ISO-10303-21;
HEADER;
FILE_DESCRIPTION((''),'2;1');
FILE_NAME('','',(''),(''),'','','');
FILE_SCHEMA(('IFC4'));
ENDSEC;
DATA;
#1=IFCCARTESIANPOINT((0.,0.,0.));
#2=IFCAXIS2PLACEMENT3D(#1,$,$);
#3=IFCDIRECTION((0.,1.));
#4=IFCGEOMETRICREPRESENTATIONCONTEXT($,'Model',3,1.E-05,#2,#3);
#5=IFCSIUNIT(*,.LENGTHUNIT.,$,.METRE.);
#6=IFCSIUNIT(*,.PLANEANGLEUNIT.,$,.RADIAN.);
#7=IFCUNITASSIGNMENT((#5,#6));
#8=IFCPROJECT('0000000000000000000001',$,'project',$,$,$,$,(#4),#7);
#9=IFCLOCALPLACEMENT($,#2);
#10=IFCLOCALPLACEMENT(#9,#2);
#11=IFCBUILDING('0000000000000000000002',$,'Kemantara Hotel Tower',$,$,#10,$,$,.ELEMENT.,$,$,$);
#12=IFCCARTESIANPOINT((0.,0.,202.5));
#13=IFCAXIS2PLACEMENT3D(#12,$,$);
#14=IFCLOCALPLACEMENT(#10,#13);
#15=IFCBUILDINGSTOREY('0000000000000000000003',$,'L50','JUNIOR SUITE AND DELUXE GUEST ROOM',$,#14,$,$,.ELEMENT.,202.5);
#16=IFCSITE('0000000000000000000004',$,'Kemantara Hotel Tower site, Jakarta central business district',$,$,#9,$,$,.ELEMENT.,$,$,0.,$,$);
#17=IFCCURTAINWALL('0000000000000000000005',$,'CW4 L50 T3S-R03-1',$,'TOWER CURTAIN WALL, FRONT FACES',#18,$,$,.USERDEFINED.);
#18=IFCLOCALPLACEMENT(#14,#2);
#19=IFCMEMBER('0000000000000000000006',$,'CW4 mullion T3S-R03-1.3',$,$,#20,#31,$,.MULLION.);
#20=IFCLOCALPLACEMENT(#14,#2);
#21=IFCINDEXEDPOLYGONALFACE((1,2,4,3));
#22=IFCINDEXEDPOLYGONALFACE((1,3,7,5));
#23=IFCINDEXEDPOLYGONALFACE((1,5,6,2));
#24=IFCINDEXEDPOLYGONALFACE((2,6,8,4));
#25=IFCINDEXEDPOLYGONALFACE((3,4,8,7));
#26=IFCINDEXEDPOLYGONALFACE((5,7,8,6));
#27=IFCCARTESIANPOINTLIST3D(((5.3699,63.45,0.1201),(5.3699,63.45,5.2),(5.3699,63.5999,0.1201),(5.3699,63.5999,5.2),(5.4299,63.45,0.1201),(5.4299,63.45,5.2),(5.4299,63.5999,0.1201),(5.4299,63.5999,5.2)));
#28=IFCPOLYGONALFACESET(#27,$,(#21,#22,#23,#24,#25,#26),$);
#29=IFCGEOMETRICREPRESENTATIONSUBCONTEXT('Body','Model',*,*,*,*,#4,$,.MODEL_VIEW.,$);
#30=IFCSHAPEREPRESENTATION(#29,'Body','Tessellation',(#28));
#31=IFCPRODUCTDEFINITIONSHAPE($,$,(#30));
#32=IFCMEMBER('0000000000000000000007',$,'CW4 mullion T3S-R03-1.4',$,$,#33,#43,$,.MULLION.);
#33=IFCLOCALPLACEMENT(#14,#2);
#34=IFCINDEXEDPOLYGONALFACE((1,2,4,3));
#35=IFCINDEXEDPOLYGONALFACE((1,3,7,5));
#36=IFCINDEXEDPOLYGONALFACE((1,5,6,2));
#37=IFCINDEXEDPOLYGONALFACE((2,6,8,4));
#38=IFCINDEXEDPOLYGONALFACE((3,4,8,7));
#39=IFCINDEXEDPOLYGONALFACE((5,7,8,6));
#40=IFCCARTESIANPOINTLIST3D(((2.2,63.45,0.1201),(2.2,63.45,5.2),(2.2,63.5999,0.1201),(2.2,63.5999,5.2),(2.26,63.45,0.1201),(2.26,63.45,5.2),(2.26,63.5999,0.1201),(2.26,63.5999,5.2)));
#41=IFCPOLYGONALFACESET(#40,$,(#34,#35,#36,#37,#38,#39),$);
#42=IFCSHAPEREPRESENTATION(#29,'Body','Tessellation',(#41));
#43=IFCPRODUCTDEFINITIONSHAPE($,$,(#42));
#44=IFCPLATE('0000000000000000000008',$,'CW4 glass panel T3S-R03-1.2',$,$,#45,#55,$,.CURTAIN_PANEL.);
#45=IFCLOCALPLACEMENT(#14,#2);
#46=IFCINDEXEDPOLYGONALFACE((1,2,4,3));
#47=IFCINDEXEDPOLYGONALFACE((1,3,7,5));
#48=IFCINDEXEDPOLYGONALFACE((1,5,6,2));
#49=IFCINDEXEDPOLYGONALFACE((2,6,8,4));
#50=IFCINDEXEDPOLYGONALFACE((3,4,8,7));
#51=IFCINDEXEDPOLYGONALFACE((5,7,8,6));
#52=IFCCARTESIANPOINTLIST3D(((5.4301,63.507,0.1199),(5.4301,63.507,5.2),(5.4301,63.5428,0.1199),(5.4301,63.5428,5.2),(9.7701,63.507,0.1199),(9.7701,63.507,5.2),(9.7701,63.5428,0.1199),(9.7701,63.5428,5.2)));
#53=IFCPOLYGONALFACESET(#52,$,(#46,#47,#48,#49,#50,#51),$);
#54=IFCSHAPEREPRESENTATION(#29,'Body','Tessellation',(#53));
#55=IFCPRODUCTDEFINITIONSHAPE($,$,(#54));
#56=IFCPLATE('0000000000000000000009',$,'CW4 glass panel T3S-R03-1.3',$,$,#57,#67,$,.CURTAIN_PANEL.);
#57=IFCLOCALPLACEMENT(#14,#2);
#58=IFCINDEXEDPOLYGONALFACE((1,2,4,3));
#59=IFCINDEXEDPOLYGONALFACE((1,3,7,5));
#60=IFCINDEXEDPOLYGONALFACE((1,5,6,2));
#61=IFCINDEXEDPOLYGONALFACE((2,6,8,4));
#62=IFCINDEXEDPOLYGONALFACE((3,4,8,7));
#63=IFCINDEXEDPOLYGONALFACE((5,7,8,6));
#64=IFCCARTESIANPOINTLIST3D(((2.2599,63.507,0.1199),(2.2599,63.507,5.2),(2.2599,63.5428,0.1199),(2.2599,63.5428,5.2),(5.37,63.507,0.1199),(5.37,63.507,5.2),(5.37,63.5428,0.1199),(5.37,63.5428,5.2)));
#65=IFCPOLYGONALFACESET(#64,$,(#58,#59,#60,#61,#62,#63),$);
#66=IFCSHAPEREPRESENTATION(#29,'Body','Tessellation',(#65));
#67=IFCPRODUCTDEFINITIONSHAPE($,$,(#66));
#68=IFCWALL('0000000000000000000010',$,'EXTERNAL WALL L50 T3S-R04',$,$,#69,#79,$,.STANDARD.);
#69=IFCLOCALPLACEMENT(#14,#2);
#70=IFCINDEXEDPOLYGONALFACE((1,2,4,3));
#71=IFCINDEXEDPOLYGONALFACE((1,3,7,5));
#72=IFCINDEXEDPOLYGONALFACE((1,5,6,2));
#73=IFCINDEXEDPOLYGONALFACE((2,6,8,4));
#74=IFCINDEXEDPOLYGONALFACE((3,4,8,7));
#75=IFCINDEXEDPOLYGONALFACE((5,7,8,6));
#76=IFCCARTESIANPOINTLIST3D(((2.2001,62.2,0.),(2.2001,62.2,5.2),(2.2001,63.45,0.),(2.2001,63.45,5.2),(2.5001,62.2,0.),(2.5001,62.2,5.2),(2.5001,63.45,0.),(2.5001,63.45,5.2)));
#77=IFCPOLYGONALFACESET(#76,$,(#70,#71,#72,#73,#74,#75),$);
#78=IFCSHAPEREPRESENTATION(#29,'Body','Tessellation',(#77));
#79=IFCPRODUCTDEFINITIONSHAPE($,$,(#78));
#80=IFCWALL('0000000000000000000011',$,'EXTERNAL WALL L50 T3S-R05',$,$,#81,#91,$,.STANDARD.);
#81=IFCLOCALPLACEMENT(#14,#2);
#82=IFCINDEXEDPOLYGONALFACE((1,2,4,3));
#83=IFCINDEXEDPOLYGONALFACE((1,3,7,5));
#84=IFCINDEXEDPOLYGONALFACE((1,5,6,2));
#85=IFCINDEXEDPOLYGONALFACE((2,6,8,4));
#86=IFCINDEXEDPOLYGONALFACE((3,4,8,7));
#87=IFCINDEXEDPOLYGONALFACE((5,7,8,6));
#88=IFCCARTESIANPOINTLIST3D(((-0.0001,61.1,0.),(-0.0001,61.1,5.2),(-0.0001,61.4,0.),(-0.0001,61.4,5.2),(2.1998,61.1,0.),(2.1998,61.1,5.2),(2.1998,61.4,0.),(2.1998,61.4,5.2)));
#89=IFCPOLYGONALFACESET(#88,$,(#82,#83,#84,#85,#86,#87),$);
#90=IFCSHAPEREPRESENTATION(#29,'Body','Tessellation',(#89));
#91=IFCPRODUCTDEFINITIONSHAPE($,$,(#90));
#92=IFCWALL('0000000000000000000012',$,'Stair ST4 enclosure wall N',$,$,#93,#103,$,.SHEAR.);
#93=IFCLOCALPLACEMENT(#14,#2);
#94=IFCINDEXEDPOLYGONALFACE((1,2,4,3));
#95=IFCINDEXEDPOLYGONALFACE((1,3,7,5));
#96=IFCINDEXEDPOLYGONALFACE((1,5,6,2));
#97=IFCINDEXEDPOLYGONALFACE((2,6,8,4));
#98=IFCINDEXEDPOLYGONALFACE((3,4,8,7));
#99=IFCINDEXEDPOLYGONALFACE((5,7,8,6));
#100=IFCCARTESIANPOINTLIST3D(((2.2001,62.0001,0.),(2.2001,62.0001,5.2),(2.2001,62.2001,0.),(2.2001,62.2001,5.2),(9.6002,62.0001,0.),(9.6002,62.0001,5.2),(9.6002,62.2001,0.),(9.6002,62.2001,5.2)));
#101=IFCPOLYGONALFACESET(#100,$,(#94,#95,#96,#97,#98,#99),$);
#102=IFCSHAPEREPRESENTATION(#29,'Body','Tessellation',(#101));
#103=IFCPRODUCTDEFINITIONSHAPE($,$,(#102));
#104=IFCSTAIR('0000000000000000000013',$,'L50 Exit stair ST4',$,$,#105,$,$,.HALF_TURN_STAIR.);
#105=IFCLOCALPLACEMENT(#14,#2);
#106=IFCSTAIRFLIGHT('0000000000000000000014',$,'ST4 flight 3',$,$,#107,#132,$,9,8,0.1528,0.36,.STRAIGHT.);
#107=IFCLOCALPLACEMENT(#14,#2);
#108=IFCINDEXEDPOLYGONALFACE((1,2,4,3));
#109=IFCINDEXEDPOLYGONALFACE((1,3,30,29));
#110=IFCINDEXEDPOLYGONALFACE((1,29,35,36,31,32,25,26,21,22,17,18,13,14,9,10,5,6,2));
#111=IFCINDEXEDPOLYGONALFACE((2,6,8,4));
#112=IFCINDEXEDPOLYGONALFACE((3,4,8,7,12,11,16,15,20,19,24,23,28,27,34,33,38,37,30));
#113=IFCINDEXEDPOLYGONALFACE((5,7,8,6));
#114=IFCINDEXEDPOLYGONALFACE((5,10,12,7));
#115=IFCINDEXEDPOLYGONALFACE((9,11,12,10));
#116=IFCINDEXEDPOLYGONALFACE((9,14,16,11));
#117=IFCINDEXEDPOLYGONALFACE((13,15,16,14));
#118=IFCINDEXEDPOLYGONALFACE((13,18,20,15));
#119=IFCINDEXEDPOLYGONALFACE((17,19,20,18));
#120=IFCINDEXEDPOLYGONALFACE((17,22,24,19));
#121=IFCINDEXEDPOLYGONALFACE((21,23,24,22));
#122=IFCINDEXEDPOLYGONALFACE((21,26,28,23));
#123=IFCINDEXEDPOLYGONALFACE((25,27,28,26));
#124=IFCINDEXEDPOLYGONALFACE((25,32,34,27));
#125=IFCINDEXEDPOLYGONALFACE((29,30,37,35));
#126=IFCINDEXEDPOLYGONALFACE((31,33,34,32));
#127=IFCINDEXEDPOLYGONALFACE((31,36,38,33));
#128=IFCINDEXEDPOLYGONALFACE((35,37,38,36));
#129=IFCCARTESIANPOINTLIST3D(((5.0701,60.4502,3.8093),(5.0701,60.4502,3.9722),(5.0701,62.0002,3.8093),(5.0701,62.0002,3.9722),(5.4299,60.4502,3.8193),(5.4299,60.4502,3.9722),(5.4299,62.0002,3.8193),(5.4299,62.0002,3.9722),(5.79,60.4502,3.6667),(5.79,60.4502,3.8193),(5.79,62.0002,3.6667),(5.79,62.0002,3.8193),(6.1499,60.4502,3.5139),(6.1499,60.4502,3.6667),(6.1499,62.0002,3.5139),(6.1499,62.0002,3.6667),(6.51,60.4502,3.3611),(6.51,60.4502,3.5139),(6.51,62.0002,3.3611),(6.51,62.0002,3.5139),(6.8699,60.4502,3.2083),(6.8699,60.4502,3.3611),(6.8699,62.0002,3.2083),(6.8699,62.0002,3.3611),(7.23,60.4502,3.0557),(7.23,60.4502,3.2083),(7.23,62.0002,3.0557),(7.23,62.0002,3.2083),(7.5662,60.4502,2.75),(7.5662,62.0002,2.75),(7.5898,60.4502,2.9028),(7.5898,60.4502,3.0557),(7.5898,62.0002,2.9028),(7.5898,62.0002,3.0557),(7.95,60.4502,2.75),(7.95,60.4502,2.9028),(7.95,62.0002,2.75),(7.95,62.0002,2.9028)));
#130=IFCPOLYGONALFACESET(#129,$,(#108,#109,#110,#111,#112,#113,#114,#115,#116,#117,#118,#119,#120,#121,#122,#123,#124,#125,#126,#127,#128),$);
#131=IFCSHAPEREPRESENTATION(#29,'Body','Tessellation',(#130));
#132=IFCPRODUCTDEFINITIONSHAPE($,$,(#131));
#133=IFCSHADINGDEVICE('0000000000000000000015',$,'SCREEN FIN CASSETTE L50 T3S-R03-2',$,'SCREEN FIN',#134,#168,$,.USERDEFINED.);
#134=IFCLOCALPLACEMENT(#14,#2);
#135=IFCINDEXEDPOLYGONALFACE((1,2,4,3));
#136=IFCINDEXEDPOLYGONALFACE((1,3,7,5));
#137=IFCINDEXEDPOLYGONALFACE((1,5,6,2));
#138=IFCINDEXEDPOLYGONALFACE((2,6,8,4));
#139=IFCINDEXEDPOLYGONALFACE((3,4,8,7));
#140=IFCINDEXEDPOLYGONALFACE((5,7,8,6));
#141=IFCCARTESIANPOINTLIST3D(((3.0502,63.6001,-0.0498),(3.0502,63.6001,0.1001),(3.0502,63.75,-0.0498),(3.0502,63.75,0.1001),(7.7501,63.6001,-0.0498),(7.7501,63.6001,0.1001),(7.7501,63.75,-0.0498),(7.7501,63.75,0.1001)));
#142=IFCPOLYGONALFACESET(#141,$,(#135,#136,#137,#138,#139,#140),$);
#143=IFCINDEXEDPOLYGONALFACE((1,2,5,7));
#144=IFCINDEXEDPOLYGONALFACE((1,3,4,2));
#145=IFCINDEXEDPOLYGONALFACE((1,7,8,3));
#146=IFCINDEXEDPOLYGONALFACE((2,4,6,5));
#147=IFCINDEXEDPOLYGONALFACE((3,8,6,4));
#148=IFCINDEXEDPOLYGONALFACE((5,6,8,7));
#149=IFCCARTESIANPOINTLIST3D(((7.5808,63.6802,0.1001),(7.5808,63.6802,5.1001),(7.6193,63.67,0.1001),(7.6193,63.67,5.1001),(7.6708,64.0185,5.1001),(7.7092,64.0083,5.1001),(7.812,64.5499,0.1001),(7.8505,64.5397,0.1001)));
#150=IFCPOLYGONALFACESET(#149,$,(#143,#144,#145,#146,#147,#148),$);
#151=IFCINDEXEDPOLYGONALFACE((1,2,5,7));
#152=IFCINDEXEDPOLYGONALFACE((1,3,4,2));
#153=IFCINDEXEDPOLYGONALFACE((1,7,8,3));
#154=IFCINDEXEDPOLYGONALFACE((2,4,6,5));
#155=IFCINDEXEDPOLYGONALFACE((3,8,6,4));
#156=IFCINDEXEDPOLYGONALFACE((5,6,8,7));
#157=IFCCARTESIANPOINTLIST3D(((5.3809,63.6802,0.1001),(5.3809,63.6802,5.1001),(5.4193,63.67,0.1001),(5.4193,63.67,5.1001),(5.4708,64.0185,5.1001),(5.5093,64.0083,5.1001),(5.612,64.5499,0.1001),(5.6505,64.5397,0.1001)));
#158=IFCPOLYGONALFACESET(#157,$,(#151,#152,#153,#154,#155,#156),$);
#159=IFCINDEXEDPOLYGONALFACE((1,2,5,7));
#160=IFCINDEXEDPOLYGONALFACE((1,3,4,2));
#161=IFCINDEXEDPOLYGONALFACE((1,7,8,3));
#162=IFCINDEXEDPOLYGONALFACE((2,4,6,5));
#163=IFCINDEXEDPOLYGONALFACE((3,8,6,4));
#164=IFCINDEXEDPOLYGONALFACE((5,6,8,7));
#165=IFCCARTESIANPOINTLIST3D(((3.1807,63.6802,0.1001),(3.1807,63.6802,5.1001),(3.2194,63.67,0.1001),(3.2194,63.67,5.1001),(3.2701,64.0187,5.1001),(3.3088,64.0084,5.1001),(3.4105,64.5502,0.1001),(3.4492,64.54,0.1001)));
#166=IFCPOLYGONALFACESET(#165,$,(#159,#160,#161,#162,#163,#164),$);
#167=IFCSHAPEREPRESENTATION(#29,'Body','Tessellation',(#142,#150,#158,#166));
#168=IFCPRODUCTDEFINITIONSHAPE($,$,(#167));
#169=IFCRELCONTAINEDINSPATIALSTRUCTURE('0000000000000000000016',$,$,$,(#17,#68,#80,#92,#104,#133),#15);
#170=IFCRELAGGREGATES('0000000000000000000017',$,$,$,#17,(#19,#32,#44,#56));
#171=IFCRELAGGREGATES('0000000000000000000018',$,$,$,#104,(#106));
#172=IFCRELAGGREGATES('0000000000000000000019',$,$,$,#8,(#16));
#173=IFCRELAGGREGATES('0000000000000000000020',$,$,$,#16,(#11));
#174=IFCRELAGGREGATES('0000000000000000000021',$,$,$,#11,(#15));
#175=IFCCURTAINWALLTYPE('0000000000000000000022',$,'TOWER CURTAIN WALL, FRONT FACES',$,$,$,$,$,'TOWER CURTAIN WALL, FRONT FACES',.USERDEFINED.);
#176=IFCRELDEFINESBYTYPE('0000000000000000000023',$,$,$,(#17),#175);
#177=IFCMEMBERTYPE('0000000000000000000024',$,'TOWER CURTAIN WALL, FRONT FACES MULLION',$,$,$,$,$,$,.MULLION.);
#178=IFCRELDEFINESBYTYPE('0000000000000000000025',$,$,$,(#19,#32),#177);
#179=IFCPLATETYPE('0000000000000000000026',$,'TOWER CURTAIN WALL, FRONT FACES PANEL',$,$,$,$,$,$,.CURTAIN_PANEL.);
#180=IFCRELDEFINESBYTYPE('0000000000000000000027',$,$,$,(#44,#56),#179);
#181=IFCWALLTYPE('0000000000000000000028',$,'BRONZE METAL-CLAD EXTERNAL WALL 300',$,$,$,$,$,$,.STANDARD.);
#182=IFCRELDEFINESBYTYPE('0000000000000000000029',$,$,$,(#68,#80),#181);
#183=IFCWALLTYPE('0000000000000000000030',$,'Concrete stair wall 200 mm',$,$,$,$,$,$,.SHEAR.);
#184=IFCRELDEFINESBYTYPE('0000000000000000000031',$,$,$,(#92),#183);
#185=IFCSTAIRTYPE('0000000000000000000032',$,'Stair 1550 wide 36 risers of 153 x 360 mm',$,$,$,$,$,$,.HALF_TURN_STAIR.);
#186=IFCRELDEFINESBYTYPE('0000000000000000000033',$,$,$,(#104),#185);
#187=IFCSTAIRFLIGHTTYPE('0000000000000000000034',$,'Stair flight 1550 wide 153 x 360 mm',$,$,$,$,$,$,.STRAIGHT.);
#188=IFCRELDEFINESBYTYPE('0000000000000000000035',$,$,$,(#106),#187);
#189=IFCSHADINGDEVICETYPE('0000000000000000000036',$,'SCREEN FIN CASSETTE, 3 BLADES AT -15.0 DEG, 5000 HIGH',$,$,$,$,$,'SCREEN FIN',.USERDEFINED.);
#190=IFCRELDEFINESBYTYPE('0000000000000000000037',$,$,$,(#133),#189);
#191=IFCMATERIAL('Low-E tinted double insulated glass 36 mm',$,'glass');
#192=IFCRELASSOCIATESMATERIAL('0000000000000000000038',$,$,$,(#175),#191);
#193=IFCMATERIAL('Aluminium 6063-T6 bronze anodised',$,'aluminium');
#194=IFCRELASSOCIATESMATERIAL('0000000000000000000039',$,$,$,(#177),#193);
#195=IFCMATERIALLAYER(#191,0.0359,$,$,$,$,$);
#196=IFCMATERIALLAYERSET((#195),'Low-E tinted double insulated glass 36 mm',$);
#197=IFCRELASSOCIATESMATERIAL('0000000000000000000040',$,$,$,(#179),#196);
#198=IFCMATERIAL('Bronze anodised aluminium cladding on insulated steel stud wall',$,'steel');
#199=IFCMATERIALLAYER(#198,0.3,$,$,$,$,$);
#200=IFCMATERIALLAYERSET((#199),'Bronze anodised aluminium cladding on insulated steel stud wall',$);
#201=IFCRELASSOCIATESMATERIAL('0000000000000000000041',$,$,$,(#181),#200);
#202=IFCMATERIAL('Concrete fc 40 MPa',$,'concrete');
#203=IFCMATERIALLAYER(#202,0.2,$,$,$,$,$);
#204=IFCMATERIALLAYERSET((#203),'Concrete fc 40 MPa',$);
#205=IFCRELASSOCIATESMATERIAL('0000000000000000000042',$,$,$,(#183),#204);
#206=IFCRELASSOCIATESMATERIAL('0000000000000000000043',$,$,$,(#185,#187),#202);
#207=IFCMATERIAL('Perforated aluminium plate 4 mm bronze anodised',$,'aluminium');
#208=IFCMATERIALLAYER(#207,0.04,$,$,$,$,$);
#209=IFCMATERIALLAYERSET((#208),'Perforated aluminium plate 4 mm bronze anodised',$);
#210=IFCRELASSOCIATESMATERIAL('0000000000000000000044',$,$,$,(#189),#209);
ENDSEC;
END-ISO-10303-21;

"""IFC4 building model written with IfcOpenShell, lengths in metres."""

from ifc_helpers import new_model, si_unit, direction, frame, frame_2d, origin, origin_2d, place, context, subcontext, project, spatial, polyline, rectangle, outline, extrude, source, transform, mapped, material, layer, layer_set, material_profile, profile_set, type_object, element, aggregate, save


model = new_model("IFC4")

# Units and contexts
model_context = context("Model", 3, precision=1e-05, world=origin(), true_north=direction((0.0, 1.0)))
body_context = subcontext(model_context, "Body", "Model", "MODEL_VIEW")
ifc_project = project(units=[si_unit("LENGTHUNIT", "METRE"), si_unit("PLANEANGLEUNIT", "RADIAN")], contexts=[model_context])

# Site, building, storey
site_placement = place(None, origin())
site = spatial("IfcSite", under=ifc_project, at=site_placement, Name="Kemantara Hotel Tower site, Jakarta central business district", CompositionType="ELEMENT", RefElevation=0.0)
building_placement = place(site_placement, origin())
building = spatial("IfcBuilding", under=site, at=building_placement, Name="Kemantara Hotel Tower", CompositionType="ELEMENT")
storey_placement = place(building_placement, frame((0.0, 0.0, 202.5)))
storey = spatial("IfcBuildingStorey", under=building, at=storey_placement, Name="L50", Description="JUNIOR SUITE AND DELUXE GUEST ROOM", CompositionType="ELEMENT", Elevation=202.5)

# Curtain wall, members, plates
ifc_material_1 = material(Name="Low-E tinted double insulated glass 36 mm", Category="glass")
curtain_wall_type = type_object("IfcCurtainWallType", Name="TOWER CURTAIN WALL, FRONT FACES", ElementType="TOWER CURTAIN WALL, FRONT FACES", PredefinedType="USERDEFINED", material=ifc_material_1)
curtain_wall_placement = place(storey_placement, origin())
curtain_wall = element("IfcCurtainWall", 1, at=curtain_wall_placement, inside=storey, type_object=curtain_wall_type, Name="CW4 L50 T3S-R03-1", ObjectType="TOWER CURTAIN WALL, FRONT FACES", PredefinedType="USERDEFINED")
ifc_material_2 = material(Name="Aluminium 6063-T6 bronze anodised", Category="aluminium")
ifc_material_profile = material_profile(ifc_material_2, rectangle(XDim=0.1499, YDim=0.0601, at=origin_2d()), Name="TOWER CURTAIN WALL, FRONT FACES MULLION")
ifc_profile_set = profile_set([ifc_material_profile], Name="Aluminium 6063-T6 bronze anodised")
member_type = type_object("IfcMemberType", Name="TOWER CURTAIN WALL, FRONT FACES MULLION", PredefinedType="MULLION", material=ifc_profile_set)
shared_shape_1 = source(origin(), body_context, "Body", "SweptSolid", [
    extrude(rectangle(XDim=0.1499, YDim=0.0601, at=origin_2d()), origin(), (0.0, 0.0, 1.0), 5.0798),
])
member_1_placement = place(storey_placement, frame((5.3999, 63.5249, 0.1201), z_axis=(0.0, 0.0, 1.0), x_axis=(0.0, -1.0, 0.0)))
member_1 = element("IfcMember", 2, at=member_1_placement, type_object=member_type, Name="CW4 mullion T3S-R03-1.3", PredefinedType="MULLION", context=body_context, shape_type="MappedRepresentation", body=[
    mapped(shared_shape_1, transform((0.0, 0.0, 0.0))),
])
member_2_placement = place(storey_placement, frame((2.23, 63.5249, 0.1201), z_axis=(0.0, 0.0, 1.0), x_axis=(0.0, -1.0, 0.0)))
member_2 = element("IfcMember", 3, at=member_2_placement, type_object=member_type, Name="CW4 mullion T3S-R03-1.4", PredefinedType="MULLION", context=body_context, shape_type="MappedRepresentation", body=[
    mapped(shared_shape_1, transform((0.0, 0.0, 0.0))),
])
ifc_layer_1 = layer(ifc_material_1, 0.0359)
ifc_layer_set_1 = layer_set([ifc_layer_1], Name="Low-E tinted double insulated glass 36 mm")
plate_type = type_object("IfcPlateType", Name="TOWER CURTAIN WALL, FRONT FACES PANEL", PredefinedType="CURTAIN_PANEL", material=ifc_layer_set_1)
shared_shape_2 = source(origin(), body_context, "Body", "SweptSolid", [
    extrude(rectangle(XDim=4.3401, YDim=0.0359, at=origin_2d()), origin(), (0.0, 0.0, 1.0), 5.0801),
])
plate_1_placement = place(storey_placement, frame((7.6001, 63.5249, 0.1199), z_axis=(0.0, 0.0, 1.0), x_axis=(-1.0, 0.0, 0.0)))
plate_1 = element("IfcPlate", 4, at=plate_1_placement, type_object=plate_type, Name="CW4 glass panel T3S-R03-1.2", PredefinedType="CURTAIN_PANEL", context=body_context, shape_type="MappedRepresentation", body=[
    mapped(shared_shape_2, transform((0.0, 0.0, 0.0))),
])
shared_shape_3 = source(origin(), body_context, "Body", "SweptSolid", [
    extrude(rectangle(XDim=3.1101, YDim=0.0359, at=origin_2d()), origin(), (0.0, 0.0, 1.0), 5.0801),
])
plate_2_placement = place(storey_placement, frame((3.8149, 63.5249, 0.1199), z_axis=(0.0, 0.0, 1.0), x_axis=(-1.0, 0.0, 0.0)))
plate_2 = element("IfcPlate", 5, at=plate_2_placement, type_object=plate_type, Name="CW4 glass panel T3S-R03-1.3", PredefinedType="CURTAIN_PANEL", context=body_context, shape_type="MappedRepresentation", body=[
    mapped(shared_shape_3, transform((0.0, 0.0, 0.0))),
])
aggregate(curtain_wall, [member_1, member_2, plate_1, plate_2])

# Walls
ifc_material_3 = material(Name="Bronze anodised aluminium cladding on insulated steel stud wall", Category="steel")
ifc_layer_2 = layer(ifc_material_3, 0.3)
ifc_layer_set_2 = layer_set([ifc_layer_2], Name="Bronze anodised aluminium cladding on insulated steel stud wall")
wall_type_1 = type_object("IfcWallType", Name="BRONZE METAL-CLAD EXTERNAL WALL 300", PredefinedType="STANDARD", material=ifc_layer_set_2)
wall_1_placement = place(storey_placement, frame((2.3501, 63.45, 0.0), z_axis=(0.0, 0.0, 1.0), x_axis=(0.0, -1.0, 0.0)))
element("IfcWall", 6, at=wall_1_placement, inside=storey, type_object=wall_type_1, Name="EXTERNAL WALL L50 T3S-R04", PredefinedType="STANDARD", context=body_context, shape_type="SweptSolid", body=[
    extrude(rectangle(XDim=1.25, YDim=0.3, at=frame_2d((0.625, 0.0))), origin(), (0.0, 0.0, 1.0), 5.2),
])
wall_2_placement = place(storey_placement, frame((2.2, 61.25, 0.0), z_axis=(0.0, 0.0, 1.0), x_axis=(-1.0, 0.0, 0.0)))
element("IfcWall", 7, at=wall_2_placement, inside=storey, type_object=wall_type_1, Name="EXTERNAL WALL L50 T3S-R05", PredefinedType="STANDARD", context=body_context, shape_type="SweptSolid", body=[
    extrude(rectangle(XDim=2.2, YDim=0.3, at=frame_2d((1.1001, 0.0))), origin(), (0.0, 0.0, 1.0), 5.2),
])
ifc_material_4 = material(Name="Concrete fc 40 MPa", Category="concrete")
ifc_layer_3 = layer(ifc_material_4, 0.2)
ifc_layer_set_3 = layer_set([ifc_layer_3], Name="Concrete fc 40 MPa")
wall_type_2 = type_object("IfcWallType", Name="Concrete stair wall 200 mm", PredefinedType="SHEAR", material=ifc_layer_set_3)
wall_3_placement = place(storey_placement, frame((2.2, 62.1001, 0.0), z_axis=(0.0, 0.0, 1.0), x_axis=(1.0, 0.0, 0.0)))
element("IfcWall", 8, at=wall_3_placement, inside=storey, type_object=wall_type_2, Name="Stair ST4 enclosure wall N", PredefinedType="SHEAR", context=body_context, shape_type="SweptSolid", body=[
    extrude(rectangle(XDim=7.4001, YDim=0.2, at=frame_2d((3.7002, 0.0))), origin(), (0.0, 0.0, 1.0), 5.2),
])

# Stair, stair flight
stair_type = type_object("IfcStairType", Name="Stair 1550 wide 36 risers of 153 x 360 mm", PredefinedType="HALF_TURN_STAIR", material=ifc_material_4)
stair_placement = place(storey_placement, origin())
stair = element("IfcStair", 9, at=stair_placement, inside=storey, type_object=stair_type, Name="L50 Exit stair ST4", PredefinedType="HALF_TURN_STAIR")
stair_flight_type = type_object("IfcStairFlightType", Name="Stair flight 1550 wide 153 x 360 mm", PredefinedType="STRAIGHT", material=ifc_material_4)
stair_flight_placement = place(storey_placement, frame((7.95, 61.2251, 2.75), z_axis=(0.0, 0.0, 1.0), x_axis=(-1.0, 0.0, 0.0)))
stair_flight = element("IfcStairFlight", 10, at=stair_flight_placement, type_object=stair_flight_type, Name="ST4 flight 3", NumberOfRisers=9, NumberOfTreads=8, PredefinedType="STRAIGHT", RiserHeight=0.1528, TreadLength=0.36, context=body_context, shape_type="SweptSolid", body=[
    extrude(outline(polyline([(0.0, 0.0), (0.0, 0.1528), (0.3601, 0.1528), (0.3601, 0.3057), (0.72, 0.3057), (0.72, 0.4583), (1.0801, 0.4583), (1.0801, 0.6111), (1.4399, 0.6111), (1.4399, 0.7639), (1.8, 0.7639), (1.8, 0.9167), (2.1599, 0.9167), (2.1599, 1.0693), (2.52, 1.0693), (2.52, 1.2222), (2.8799, 1.2222), (2.8799, 1.375), (2.8799, 1.0593), (0.3838, 0.0), (0.0, 0.0)])), frame((0.0, 0.7749, 0.0), z_axis=(0.0, -1.0, 0.0), x_axis=(1.0, 0.0, 0.0)), (0.0, 0.0, 1.0), 1.55),
])
aggregate(stair, [stair_flight])

# Shading device
ifc_material_5 = material(Name="Perforated aluminium plate 4 mm bronze anodised", Category="aluminium")
ifc_layer_4 = layer(ifc_material_5, 0.04)
ifc_layer_set_4 = layer_set([ifc_layer_4], Name="Perforated aluminium plate 4 mm bronze anodised")
shading_device_type = type_object("IfcShadingDeviceType", Name="SCREEN FIN CASSETTE, 3 BLADES AT -15.0 DEG, 5000 HIGH", ElementType="SCREEN FIN", PredefinedType="USERDEFINED", material=ifc_layer_set_4)
shared_shape_4 = source(origin(), body_context, "Body", "SweptSolid", [
    extrude(rectangle(XDim=4.7, YDim=0.1499, at=origin_2d()), frame((2.2, -0.075, -0.1499), z_axis=(0.0, 0.0, 1.0), x_axis=(1.0, 0.0, 0.0)), (0.0, 0.0, 1.0), 0.1499),
    extrude(outline(polyline([(0.0, 0.0), (0.8999, 0.0), (0.3501, 5.0), (0.0, 5.0), (0.0, 0.0)])), frame((0.0193, -0.0801, 0.0), z_axis=(-0.966438, 0.256901, 0.0), x_axis=(-0.256901, -0.966438, 0.0)), (0.0, 0.0, 1.0), 0.0398),
    extrude(outline(polyline([(0.0, 0.0), (0.8999, 0.0), (0.3501, 5.0), (0.0, 5.0), (0.0, 0.0)])), frame((2.2192, -0.0801, 0.0), z_axis=(-0.966438, 0.256901, 0.0), x_axis=(-0.256901, -0.966438, 0.0)), (0.0, 0.0, 1.0), 0.0398),
    extrude(outline(polyline([(0.0, 0.0), (0.8999, 0.0), (0.3501, 5.0), (0.0, 5.0), (0.0, 0.0)])), frame((4.4194, -0.0801, 0.0), z_axis=(-0.966838, 0.255391, 0.0), x_axis=(-0.255391, -0.966838, 0.0)), (0.0, 0.0, 1.0), 0.04),
])
shading_device_placement = place(storey_placement, frame((7.6001, 63.6001, 0.1001), z_axis=(0.0, 0.0, 1.0), x_axis=(-1.0, 0.0, 0.0)))
element("IfcShadingDevice", 11, at=shading_device_placement, inside=storey, type_object=shading_device_type, Name="SCREEN FIN CASSETTE L50 T3S-R03-2", ObjectType="SCREEN FIN", PredefinedType="USERDEFINED", context=body_context, shape_type="MappedRepresentation", body=[
    mapped(shared_shape_4, transform((0.0, 0.0, 0.0))),
])

save(model, "model.ifc")
